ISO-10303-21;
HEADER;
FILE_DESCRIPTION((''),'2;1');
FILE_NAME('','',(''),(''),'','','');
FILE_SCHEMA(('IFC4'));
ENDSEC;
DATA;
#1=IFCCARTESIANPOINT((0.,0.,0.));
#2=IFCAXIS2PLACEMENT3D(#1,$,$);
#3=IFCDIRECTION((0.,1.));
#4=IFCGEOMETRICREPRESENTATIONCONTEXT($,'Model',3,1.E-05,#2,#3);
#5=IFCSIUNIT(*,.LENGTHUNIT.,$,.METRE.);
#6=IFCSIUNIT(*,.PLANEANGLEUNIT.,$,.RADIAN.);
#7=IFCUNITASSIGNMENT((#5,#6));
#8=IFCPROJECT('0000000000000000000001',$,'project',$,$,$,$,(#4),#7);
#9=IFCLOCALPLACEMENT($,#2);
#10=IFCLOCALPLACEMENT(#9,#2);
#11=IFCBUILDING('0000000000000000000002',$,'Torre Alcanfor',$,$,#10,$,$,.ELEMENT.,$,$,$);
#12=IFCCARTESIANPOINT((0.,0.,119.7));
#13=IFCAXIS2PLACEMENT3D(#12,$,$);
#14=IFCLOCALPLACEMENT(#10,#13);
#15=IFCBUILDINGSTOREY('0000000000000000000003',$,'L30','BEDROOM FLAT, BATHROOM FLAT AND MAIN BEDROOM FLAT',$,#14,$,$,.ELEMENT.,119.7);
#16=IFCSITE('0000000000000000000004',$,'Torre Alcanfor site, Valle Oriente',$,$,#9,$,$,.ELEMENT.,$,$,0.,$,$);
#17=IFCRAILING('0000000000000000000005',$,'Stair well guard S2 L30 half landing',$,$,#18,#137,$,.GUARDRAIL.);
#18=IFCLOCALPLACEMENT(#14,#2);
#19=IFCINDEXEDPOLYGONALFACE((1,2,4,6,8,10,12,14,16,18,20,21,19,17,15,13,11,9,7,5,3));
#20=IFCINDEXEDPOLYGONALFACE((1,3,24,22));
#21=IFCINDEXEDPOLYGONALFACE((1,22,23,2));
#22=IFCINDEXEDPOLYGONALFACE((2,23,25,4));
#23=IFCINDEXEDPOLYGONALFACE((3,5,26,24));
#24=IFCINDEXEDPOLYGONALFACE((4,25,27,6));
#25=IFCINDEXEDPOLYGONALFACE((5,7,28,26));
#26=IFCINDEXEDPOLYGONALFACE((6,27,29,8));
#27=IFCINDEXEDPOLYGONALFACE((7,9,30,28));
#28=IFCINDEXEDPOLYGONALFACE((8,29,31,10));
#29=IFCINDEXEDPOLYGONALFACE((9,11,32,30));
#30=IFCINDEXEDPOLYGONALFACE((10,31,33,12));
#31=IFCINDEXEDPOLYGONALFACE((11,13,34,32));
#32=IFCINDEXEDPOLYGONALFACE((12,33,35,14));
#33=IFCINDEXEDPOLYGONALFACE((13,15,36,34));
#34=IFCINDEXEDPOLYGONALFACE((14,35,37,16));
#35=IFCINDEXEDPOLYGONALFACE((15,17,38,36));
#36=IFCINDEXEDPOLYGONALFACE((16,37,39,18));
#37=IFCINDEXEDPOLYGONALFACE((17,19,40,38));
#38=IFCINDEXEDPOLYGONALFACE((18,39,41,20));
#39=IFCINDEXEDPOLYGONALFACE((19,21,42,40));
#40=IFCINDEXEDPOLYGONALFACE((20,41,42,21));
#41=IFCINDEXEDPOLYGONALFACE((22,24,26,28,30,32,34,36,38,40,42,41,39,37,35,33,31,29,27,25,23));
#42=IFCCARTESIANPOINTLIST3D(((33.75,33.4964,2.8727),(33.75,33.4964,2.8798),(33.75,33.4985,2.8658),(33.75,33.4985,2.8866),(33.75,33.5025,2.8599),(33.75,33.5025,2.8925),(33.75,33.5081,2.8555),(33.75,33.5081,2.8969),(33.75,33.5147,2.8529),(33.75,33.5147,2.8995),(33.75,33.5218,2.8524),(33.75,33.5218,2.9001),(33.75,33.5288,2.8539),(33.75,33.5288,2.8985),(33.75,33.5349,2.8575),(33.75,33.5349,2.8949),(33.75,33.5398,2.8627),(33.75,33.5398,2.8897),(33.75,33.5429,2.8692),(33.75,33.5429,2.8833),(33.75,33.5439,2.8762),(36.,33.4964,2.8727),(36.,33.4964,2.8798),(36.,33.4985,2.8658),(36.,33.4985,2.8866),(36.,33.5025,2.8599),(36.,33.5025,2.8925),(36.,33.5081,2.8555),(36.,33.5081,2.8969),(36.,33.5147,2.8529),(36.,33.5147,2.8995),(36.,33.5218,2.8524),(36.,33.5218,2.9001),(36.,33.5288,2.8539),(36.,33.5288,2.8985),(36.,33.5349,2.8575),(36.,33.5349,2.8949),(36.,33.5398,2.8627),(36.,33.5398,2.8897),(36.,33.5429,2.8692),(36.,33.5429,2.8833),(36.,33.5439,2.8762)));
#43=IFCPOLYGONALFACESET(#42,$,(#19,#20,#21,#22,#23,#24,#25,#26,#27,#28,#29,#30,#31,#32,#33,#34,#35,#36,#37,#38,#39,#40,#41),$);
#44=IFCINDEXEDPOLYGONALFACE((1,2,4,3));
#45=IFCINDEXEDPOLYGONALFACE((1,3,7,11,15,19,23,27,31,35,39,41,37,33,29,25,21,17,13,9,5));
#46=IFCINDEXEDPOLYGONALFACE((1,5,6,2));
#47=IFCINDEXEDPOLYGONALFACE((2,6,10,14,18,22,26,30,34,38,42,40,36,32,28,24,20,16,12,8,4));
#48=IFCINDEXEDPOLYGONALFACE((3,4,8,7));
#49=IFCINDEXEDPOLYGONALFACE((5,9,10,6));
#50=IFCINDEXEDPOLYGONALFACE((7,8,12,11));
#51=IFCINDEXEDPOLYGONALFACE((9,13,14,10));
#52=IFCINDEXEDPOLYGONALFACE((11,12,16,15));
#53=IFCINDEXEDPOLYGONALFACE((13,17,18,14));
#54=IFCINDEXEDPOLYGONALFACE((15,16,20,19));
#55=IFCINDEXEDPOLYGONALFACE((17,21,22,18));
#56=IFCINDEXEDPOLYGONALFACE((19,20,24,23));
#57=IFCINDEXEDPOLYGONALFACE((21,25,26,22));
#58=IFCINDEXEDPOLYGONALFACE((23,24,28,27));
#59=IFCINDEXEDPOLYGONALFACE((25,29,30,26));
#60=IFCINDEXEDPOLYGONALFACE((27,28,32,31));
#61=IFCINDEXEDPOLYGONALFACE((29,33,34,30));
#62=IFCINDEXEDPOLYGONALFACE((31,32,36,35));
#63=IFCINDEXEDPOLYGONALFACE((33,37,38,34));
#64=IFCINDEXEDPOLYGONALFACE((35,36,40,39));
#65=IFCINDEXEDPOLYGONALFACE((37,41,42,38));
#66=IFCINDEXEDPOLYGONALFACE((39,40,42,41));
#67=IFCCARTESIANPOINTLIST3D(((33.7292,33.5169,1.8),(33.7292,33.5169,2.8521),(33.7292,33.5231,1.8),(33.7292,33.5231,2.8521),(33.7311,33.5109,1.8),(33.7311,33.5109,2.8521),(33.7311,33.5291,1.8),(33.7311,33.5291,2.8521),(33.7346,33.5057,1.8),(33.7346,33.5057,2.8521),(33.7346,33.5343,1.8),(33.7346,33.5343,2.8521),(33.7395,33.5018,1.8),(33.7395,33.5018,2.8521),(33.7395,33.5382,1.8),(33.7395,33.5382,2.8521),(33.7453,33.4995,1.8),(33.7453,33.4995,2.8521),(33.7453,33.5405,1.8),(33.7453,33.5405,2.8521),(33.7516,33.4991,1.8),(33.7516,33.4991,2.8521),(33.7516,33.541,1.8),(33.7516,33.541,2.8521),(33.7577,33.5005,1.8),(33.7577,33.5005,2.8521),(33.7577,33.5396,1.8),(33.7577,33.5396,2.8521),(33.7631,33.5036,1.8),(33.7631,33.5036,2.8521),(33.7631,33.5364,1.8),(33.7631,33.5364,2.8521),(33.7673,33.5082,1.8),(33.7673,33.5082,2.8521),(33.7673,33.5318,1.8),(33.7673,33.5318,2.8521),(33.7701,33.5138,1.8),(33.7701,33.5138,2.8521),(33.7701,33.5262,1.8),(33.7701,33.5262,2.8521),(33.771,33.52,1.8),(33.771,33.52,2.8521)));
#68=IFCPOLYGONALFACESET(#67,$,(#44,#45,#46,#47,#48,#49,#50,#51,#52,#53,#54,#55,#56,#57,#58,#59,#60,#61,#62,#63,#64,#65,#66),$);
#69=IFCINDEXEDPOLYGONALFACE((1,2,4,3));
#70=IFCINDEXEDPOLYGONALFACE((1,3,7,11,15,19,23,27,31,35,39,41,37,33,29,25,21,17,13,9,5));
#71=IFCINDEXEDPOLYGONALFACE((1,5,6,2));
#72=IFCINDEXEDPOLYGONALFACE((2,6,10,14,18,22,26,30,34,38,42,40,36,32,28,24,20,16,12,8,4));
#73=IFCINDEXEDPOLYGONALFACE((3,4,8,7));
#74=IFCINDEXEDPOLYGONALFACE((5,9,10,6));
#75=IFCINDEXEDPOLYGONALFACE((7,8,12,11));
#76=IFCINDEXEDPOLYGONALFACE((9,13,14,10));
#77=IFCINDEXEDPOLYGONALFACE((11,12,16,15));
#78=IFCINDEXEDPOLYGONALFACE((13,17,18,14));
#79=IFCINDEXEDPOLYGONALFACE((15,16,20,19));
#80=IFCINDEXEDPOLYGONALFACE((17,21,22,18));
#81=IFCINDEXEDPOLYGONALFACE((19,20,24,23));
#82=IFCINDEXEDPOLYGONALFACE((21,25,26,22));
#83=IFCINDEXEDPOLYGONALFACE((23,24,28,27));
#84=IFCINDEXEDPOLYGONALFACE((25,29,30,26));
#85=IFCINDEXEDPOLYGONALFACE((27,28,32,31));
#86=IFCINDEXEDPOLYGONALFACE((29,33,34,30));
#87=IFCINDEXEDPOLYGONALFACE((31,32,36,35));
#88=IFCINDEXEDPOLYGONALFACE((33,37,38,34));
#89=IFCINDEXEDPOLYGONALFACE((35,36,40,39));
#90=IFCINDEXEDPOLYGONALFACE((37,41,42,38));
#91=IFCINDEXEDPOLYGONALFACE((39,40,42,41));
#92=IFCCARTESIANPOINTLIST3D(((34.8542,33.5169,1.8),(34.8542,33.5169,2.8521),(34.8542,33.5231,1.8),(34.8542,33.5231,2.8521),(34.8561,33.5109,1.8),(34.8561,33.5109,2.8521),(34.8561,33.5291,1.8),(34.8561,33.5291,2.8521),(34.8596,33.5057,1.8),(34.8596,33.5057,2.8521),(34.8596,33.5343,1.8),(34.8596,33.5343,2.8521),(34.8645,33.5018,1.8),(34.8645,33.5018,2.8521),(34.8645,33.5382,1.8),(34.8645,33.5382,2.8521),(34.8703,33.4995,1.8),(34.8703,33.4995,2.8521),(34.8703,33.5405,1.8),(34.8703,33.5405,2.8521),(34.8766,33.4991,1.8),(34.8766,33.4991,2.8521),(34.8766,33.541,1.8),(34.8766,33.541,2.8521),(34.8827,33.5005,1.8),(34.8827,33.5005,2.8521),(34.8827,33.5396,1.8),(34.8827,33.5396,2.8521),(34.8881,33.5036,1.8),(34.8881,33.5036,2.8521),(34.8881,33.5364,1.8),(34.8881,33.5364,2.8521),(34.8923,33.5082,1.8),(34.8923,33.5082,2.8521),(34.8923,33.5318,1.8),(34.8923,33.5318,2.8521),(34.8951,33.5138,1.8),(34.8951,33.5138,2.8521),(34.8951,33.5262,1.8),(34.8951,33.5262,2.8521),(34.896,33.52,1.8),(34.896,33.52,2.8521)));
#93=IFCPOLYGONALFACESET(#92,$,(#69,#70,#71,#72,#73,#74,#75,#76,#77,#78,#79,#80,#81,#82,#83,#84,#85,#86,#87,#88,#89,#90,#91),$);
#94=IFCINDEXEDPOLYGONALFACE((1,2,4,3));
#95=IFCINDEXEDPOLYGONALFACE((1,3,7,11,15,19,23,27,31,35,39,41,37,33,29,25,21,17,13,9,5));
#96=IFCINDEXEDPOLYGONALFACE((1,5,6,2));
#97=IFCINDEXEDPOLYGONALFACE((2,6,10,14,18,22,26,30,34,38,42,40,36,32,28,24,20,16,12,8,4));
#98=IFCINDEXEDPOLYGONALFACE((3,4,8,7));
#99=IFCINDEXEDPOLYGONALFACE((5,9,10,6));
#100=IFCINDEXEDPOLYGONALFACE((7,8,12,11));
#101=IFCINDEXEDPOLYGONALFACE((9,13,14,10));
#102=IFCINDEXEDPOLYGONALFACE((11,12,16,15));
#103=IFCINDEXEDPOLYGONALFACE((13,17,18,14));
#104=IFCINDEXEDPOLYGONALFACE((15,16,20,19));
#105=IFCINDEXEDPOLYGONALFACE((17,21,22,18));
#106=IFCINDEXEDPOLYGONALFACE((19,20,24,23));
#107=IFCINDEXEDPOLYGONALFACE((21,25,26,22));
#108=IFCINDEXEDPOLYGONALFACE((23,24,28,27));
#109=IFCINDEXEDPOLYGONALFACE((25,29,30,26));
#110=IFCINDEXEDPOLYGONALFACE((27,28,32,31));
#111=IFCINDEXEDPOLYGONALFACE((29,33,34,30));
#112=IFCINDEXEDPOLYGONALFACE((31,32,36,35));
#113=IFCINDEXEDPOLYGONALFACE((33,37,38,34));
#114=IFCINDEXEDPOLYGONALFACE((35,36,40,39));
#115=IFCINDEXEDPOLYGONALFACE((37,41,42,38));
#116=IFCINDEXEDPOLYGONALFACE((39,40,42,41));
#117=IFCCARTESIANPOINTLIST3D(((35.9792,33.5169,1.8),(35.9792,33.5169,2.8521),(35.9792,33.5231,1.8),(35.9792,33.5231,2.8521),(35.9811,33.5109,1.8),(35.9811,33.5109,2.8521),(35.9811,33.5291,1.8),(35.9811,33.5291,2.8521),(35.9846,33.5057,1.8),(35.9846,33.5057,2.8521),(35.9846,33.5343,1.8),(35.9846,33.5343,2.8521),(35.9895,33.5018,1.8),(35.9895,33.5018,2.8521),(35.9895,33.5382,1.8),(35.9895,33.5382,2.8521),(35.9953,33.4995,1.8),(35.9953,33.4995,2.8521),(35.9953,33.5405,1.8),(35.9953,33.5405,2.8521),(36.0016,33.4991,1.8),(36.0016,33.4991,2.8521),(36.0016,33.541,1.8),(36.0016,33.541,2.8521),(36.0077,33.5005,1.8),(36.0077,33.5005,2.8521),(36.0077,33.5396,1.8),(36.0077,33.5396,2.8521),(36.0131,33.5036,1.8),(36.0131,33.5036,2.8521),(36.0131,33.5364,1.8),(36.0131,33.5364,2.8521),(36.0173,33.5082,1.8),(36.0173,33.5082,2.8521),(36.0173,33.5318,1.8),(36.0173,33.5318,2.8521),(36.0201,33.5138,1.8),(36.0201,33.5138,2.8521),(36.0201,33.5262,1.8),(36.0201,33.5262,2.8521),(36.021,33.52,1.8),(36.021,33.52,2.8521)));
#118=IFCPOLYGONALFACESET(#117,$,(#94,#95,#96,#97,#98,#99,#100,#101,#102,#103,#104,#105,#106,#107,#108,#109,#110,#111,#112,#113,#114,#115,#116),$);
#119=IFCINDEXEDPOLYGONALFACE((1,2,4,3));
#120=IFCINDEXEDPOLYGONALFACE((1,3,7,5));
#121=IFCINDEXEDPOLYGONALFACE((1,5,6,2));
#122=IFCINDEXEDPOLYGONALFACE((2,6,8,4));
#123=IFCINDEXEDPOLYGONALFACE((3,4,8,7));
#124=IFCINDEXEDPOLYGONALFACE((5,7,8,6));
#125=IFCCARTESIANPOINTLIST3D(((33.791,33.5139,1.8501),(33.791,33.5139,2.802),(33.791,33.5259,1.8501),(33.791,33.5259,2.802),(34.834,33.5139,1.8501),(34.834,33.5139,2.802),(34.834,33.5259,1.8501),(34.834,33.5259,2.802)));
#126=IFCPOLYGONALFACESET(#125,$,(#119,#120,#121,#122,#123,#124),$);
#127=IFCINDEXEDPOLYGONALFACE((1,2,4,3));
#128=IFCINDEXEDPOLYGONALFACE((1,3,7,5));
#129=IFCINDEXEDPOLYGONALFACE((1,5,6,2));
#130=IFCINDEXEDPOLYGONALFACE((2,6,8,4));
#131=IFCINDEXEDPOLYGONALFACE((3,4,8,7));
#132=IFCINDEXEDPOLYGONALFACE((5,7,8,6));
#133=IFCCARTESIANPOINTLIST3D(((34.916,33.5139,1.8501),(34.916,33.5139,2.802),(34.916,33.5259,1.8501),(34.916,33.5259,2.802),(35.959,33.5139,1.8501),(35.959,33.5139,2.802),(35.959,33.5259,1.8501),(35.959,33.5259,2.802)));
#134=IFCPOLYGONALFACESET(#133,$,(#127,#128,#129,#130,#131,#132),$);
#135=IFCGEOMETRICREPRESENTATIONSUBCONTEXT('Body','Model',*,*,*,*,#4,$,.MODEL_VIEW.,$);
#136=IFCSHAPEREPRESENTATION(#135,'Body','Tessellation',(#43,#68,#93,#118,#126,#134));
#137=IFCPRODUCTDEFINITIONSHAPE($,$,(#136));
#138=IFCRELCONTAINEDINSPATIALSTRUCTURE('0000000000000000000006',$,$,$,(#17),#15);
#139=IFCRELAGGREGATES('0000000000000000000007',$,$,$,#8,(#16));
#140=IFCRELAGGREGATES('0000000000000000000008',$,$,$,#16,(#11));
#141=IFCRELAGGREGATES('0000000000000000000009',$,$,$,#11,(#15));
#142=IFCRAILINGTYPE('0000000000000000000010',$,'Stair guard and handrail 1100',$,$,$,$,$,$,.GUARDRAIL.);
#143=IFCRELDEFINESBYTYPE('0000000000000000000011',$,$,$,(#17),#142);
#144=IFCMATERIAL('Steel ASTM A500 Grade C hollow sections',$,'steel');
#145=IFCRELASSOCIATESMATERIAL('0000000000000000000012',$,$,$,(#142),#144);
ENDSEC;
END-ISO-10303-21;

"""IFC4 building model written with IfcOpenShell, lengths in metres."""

from ifc_helpers import new_model, si_unit, direction, frame, origin, origin_2d, place, context, subcontext, project, spatial, polyline, circle, outline, extrude, material, type_object, element, save


model = new_model("IFC4")

# Units and contexts
model_context = context("Model", 3, precision=1e-05, world=origin(), true_north=direction((0.0, 1.0)))
body_context = subcontext(model_context, "Body", "Model", "MODEL_VIEW")
ifc_project = project(units=[si_unit("LENGTHUNIT", "METRE"), si_unit("PLANEANGLEUNIT", "RADIAN")], contexts=[model_context])

# Site, building, storey
site_placement = place(None, origin())
site = spatial("IfcSite", under=ifc_project, at=site_placement, Name="Torre Alcanfor site, Valle Oriente", CompositionType="ELEMENT", RefElevation=0.0)
building_placement = place(site_placement, origin())
building = spatial("IfcBuilding", under=site, at=building_placement, Name="Torre Alcanfor", CompositionType="ELEMENT")
storey_placement = place(building_placement, frame((0.0, 0.0, 119.7)))
storey = spatial("IfcBuildingStorey", under=building, at=storey_placement, Name="L30", Description="BEDROOM FLAT, BATHROOM FLAT AND MAIN BEDROOM FLAT", CompositionType="ELEMENT", Elevation=119.7)

# Railing
ifc_material_1 = material(Name="Steel ASTM A500 Grade C hollow sections", Category="steel")
railing_type_1 = type_object("IfcRailingType", Name="Stair guard and handrail 1100", PredefinedType="GUARDRAIL", material=ifc_material_1)
for number, where, name in (
    (1, (33.75, 33.52, 1.8), "Stair well guard S2 L30 half landing"),
):
    element("IfcRailing", number, at=place(storey_placement, frame(where)), inside=storey, type_object=railing_type_1, Name=name, PredefinedType="GUARDRAIL", context=body_context, shape_type="SweptSolid", body=[
        extrude(circle(Radius=0.0239, at=origin_2d()), frame((0.0, 0.0, 1.0762), z_axis=(1.0, 0.0, 0.0), x_axis=(0.0, 1.0, 0.0)), (0.0, 0.0, 1.0), 2.25),
        extrude(circle(Radius=0.021, at=origin_2d()), origin(), (0.0, 0.0, 1.0), 1.052),
        extrude(circle(Radius=0.021, at=origin_2d()), frame((1.125, 0.0, 0.0)), (0.0, 0.0, 1.0), 1.052),
        extrude(circle(Radius=0.021, at=origin_2d()), frame((2.25, 0.0, 0.0)), (0.0, 0.0, 1.0), 1.052),
        extrude(outline(polyline([(0.041, 0.05), (1.084, 0.05), (1.084, 1.002), (0.041, 1.002), (0.041, 0.05)])), frame((0.0, 0.0059, 0.0), z_axis=(0.0, -1.0, 0.0), x_axis=(1.0, 0.0, 0.0)), (0.0, 0.0, 1.0), 0.012),
        extrude(outline(polyline([(1.166, 0.05), (2.209, 0.05), (2.209, 1.002), (1.166, 1.002), (1.166, 0.05)])), frame((0.0, 0.0059, 0.0), z_axis=(0.0, -1.0, 0.0), x_axis=(1.0, 0.0, 0.0)), (0.0, 0.0, 1.0), 0.012),
    ])

save(model, "model.ifc")
